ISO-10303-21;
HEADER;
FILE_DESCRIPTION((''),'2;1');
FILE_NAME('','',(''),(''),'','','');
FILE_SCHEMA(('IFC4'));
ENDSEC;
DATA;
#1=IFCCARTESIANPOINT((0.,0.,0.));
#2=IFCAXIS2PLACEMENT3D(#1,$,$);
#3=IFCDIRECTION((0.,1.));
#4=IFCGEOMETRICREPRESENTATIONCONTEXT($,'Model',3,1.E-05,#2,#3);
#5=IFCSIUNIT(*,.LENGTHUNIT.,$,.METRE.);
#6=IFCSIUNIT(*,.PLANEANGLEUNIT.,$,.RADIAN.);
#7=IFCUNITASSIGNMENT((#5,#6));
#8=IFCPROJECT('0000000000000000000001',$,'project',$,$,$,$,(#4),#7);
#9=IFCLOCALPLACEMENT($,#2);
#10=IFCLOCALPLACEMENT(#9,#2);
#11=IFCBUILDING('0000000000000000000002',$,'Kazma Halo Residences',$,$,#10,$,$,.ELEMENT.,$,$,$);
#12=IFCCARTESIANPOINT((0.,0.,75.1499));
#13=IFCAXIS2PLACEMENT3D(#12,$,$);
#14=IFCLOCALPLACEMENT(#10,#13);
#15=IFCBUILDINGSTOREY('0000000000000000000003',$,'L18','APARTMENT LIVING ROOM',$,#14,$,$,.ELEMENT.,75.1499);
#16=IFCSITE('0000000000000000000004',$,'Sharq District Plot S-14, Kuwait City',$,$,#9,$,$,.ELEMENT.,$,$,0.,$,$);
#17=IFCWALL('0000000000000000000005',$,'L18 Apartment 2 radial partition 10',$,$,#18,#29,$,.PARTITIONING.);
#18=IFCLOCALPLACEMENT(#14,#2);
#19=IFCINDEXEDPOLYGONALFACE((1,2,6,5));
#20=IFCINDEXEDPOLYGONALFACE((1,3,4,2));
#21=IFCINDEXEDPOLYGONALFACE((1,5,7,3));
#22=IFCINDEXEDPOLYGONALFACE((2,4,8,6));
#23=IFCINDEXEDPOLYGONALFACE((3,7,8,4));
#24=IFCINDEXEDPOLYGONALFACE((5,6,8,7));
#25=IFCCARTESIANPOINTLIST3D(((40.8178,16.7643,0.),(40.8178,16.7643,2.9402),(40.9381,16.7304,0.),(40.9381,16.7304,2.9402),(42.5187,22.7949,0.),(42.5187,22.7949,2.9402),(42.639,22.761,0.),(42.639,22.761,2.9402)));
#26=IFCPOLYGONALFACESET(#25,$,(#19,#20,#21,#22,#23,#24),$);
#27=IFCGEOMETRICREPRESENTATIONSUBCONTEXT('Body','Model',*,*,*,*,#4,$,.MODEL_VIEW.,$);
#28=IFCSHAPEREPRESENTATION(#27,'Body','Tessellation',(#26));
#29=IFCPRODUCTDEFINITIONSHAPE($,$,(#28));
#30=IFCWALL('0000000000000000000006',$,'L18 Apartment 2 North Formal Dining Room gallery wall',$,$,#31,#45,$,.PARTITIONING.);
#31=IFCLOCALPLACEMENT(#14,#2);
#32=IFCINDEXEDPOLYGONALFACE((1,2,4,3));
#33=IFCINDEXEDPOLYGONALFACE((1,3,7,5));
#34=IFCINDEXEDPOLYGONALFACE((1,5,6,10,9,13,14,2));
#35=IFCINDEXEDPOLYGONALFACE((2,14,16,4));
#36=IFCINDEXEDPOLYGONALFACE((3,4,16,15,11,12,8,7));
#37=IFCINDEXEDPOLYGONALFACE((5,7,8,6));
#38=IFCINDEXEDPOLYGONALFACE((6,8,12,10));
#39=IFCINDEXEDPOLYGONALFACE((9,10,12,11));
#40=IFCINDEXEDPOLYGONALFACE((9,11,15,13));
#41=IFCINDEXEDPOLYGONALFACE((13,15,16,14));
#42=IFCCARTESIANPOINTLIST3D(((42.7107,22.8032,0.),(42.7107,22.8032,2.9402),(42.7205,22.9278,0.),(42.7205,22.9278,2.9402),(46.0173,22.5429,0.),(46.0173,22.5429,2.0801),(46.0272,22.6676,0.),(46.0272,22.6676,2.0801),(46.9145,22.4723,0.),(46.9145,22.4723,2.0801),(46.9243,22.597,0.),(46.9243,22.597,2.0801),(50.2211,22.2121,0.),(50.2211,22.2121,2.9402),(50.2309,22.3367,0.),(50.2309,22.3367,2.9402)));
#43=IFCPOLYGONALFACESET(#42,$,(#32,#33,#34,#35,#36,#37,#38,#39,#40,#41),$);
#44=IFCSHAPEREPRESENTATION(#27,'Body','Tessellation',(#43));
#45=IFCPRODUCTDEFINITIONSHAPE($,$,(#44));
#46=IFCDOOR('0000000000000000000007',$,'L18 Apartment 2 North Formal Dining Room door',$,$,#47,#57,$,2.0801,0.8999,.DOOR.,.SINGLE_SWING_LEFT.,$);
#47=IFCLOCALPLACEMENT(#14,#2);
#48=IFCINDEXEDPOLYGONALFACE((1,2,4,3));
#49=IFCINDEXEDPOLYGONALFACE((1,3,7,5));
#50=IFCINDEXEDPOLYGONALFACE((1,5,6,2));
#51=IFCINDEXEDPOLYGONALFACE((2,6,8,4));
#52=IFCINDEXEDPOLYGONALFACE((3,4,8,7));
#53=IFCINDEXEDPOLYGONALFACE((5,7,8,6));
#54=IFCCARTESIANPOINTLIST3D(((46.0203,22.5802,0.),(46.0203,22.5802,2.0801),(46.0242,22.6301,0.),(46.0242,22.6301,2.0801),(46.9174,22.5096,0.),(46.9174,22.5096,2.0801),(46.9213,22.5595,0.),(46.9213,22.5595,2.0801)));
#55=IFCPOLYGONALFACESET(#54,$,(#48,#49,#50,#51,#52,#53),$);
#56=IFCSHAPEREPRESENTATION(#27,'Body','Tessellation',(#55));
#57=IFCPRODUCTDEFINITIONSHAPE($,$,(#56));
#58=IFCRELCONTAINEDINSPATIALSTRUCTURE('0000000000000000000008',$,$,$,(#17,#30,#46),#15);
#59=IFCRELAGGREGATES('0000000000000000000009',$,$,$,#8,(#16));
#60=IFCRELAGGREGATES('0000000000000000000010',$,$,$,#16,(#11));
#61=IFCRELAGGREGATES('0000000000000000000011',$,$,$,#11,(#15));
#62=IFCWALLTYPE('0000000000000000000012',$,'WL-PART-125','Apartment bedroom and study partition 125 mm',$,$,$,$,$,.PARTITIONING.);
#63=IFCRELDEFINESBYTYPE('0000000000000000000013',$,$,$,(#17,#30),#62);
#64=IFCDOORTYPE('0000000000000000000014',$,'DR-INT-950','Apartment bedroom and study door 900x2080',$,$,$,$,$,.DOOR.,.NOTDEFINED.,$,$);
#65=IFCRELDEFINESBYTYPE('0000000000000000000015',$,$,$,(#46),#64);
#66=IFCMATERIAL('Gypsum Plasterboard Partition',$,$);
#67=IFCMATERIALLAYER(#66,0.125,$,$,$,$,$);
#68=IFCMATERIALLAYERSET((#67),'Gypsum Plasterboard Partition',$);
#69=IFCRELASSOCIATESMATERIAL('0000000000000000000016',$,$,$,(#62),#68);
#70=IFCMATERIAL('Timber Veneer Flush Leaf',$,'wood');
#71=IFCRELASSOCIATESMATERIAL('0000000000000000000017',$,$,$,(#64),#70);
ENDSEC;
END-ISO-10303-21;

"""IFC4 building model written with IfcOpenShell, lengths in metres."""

from ifc_helpers import new_model, si_unit, direction, frame, frame_2d, origin, place, context, subcontext, project, spatial, rectangle, extrude, material, layer, layer_set, type_object, element, fill, save


model = new_model("IFC4")

# Units and contexts
model_context = context("Model", 3, precision=1e-05, world=origin(), true_north=direction((0.0, 1.0)))
body_context = subcontext(model_context, "Body", "Model", "MODEL_VIEW")
ifc_project = project(units=[si_unit("LENGTHUNIT", "METRE"), si_unit("PLANEANGLEUNIT", "RADIAN")], contexts=[model_context])

# Site, building, storey
site_placement = place(None, origin())
site = spatial("IfcSite", under=ifc_project, at=site_placement, Name="Sharq District Plot S-14, Kuwait City", CompositionType="ELEMENT", RefElevation=0.0)
building_placement = place(site_placement, origin())
building = spatial("IfcBuilding", under=site, at=building_placement, Name="Kazma Halo Residences", CompositionType="ELEMENT")
storey_placement = place(building_placement, frame((0.0, 0.0, 75.1499)))
storey = spatial("IfcBuildingStorey", under=building, at=storey_placement, Name="L18", Description="APARTMENT LIVING ROOM", CompositionType="ELEMENT", Elevation=75.1499)

# Shared definitions
ifc_material_1 = material(Name="Gypsum Plasterboard Partition")
ifc_layer_1 = layer(ifc_material_1, 0.125)
ifc_layer_set_1 = layer_set([ifc_layer_1], Name="Gypsum Plasterboard Partition")
wall_type_1 = type_object("IfcWallType", Name="WL-PART-125", Description="Apartment bedroom and study partition 125 mm", PredefinedType="PARTITIONING", material=ifc_layer_set_1)

# Shared definitions
ifc_material_2 = material(Name="Timber Veneer Flush Leaf", Category="wood")
door_type_1 = type_object("IfcDoorType", Name="DR-INT-950", Description="Apartment bedroom and study door 900x2080", OperationType="NOTDEFINED", PredefinedType="DOOR", material=ifc_material_2)

# Wall
wall_1_placement = place(storey_placement, frame((42.5789, 22.7778, 0.0), z_axis=(0.0, 0.0, 1.0), x_axis=(-0.271462, -0.962449, 0.0)))
element("IfcWall", 1, at=wall_1_placement, inside=storey, type_object=wall_type_1, Name="L18 Apartment 2 radial partition 10", PredefinedType="PARTITIONING", context=body_context, shape_type="SweptSolid", body=[
    extrude(rectangle(XDim=6.2659, YDim=0.125, at=frame_2d((3.1328, 0.0))), origin(), (0.0, 0.0, 1.0), 2.9402),
])

# Wall, opening, door
wall_2_placement = place(storey_placement, frame((42.7156, 22.8655, 0.0), z_axis=(0.0, 0.0, 1.0), x_axis=(0.996918, -0.078456, 0.0)))
wall_2 = element("IfcWall", 2, at=wall_2_placement, inside=storey, type_object=wall_type_1, Name="L18 Apartment 2 North Formal Dining Room gallery wall", PredefinedType="PARTITIONING", context=body_context, shape_type="SweptSolid", body=[
    extrude(rectangle(XDim=7.5337, YDim=0.125, at=frame_2d((3.7668, 0.0))), origin(), (0.0, 0.0, 1.0), 2.9402),
])
opening_1_placement = place(wall_2_placement, frame((3.3169, 0.0, 0.0)))
opening_1 = element("IfcOpeningElement", 3, at=opening_1_placement, cuts=wall_2, PredefinedType="OPENING", context=body_context, shape_type="SweptSolid", body=[
    extrude(rectangle(XDim=0.8999, YDim=2.0801, at=frame_2d((0.45, 1.04))), frame((0.0, 0.0725, 0.0), z_axis=(0.0, -1.0, 0.0), x_axis=(1.0, 0.0, 0.0)), (0.0, 0.0, 1.0), 0.145),
])
door_1_placement = place(opening_1_placement, origin())
door_1 = element("IfcDoor", 4, at=door_1_placement, inside=storey, type_object=door_type_1, Name="L18 Apartment 2 North Formal Dining Room door", OperationType="SINGLE_SWING_LEFT", OverallHeight=2.0801, OverallWidth=0.8999, PredefinedType="DOOR", context=body_context, shape_type="SweptSolid", body=[
    extrude(rectangle(XDim=0.8999, YDim=2.0801, at=frame_2d((0.45, 1.04))), frame((0.0, 0.0249, 0.0), z_axis=(0.0, -1.0, 0.0), x_axis=(1.0, 0.0, 0.0)), (0.0, 0.0, 1.0), 0.05),
])
fill(opening_1, door_1)

save(model, "model.ifc")
